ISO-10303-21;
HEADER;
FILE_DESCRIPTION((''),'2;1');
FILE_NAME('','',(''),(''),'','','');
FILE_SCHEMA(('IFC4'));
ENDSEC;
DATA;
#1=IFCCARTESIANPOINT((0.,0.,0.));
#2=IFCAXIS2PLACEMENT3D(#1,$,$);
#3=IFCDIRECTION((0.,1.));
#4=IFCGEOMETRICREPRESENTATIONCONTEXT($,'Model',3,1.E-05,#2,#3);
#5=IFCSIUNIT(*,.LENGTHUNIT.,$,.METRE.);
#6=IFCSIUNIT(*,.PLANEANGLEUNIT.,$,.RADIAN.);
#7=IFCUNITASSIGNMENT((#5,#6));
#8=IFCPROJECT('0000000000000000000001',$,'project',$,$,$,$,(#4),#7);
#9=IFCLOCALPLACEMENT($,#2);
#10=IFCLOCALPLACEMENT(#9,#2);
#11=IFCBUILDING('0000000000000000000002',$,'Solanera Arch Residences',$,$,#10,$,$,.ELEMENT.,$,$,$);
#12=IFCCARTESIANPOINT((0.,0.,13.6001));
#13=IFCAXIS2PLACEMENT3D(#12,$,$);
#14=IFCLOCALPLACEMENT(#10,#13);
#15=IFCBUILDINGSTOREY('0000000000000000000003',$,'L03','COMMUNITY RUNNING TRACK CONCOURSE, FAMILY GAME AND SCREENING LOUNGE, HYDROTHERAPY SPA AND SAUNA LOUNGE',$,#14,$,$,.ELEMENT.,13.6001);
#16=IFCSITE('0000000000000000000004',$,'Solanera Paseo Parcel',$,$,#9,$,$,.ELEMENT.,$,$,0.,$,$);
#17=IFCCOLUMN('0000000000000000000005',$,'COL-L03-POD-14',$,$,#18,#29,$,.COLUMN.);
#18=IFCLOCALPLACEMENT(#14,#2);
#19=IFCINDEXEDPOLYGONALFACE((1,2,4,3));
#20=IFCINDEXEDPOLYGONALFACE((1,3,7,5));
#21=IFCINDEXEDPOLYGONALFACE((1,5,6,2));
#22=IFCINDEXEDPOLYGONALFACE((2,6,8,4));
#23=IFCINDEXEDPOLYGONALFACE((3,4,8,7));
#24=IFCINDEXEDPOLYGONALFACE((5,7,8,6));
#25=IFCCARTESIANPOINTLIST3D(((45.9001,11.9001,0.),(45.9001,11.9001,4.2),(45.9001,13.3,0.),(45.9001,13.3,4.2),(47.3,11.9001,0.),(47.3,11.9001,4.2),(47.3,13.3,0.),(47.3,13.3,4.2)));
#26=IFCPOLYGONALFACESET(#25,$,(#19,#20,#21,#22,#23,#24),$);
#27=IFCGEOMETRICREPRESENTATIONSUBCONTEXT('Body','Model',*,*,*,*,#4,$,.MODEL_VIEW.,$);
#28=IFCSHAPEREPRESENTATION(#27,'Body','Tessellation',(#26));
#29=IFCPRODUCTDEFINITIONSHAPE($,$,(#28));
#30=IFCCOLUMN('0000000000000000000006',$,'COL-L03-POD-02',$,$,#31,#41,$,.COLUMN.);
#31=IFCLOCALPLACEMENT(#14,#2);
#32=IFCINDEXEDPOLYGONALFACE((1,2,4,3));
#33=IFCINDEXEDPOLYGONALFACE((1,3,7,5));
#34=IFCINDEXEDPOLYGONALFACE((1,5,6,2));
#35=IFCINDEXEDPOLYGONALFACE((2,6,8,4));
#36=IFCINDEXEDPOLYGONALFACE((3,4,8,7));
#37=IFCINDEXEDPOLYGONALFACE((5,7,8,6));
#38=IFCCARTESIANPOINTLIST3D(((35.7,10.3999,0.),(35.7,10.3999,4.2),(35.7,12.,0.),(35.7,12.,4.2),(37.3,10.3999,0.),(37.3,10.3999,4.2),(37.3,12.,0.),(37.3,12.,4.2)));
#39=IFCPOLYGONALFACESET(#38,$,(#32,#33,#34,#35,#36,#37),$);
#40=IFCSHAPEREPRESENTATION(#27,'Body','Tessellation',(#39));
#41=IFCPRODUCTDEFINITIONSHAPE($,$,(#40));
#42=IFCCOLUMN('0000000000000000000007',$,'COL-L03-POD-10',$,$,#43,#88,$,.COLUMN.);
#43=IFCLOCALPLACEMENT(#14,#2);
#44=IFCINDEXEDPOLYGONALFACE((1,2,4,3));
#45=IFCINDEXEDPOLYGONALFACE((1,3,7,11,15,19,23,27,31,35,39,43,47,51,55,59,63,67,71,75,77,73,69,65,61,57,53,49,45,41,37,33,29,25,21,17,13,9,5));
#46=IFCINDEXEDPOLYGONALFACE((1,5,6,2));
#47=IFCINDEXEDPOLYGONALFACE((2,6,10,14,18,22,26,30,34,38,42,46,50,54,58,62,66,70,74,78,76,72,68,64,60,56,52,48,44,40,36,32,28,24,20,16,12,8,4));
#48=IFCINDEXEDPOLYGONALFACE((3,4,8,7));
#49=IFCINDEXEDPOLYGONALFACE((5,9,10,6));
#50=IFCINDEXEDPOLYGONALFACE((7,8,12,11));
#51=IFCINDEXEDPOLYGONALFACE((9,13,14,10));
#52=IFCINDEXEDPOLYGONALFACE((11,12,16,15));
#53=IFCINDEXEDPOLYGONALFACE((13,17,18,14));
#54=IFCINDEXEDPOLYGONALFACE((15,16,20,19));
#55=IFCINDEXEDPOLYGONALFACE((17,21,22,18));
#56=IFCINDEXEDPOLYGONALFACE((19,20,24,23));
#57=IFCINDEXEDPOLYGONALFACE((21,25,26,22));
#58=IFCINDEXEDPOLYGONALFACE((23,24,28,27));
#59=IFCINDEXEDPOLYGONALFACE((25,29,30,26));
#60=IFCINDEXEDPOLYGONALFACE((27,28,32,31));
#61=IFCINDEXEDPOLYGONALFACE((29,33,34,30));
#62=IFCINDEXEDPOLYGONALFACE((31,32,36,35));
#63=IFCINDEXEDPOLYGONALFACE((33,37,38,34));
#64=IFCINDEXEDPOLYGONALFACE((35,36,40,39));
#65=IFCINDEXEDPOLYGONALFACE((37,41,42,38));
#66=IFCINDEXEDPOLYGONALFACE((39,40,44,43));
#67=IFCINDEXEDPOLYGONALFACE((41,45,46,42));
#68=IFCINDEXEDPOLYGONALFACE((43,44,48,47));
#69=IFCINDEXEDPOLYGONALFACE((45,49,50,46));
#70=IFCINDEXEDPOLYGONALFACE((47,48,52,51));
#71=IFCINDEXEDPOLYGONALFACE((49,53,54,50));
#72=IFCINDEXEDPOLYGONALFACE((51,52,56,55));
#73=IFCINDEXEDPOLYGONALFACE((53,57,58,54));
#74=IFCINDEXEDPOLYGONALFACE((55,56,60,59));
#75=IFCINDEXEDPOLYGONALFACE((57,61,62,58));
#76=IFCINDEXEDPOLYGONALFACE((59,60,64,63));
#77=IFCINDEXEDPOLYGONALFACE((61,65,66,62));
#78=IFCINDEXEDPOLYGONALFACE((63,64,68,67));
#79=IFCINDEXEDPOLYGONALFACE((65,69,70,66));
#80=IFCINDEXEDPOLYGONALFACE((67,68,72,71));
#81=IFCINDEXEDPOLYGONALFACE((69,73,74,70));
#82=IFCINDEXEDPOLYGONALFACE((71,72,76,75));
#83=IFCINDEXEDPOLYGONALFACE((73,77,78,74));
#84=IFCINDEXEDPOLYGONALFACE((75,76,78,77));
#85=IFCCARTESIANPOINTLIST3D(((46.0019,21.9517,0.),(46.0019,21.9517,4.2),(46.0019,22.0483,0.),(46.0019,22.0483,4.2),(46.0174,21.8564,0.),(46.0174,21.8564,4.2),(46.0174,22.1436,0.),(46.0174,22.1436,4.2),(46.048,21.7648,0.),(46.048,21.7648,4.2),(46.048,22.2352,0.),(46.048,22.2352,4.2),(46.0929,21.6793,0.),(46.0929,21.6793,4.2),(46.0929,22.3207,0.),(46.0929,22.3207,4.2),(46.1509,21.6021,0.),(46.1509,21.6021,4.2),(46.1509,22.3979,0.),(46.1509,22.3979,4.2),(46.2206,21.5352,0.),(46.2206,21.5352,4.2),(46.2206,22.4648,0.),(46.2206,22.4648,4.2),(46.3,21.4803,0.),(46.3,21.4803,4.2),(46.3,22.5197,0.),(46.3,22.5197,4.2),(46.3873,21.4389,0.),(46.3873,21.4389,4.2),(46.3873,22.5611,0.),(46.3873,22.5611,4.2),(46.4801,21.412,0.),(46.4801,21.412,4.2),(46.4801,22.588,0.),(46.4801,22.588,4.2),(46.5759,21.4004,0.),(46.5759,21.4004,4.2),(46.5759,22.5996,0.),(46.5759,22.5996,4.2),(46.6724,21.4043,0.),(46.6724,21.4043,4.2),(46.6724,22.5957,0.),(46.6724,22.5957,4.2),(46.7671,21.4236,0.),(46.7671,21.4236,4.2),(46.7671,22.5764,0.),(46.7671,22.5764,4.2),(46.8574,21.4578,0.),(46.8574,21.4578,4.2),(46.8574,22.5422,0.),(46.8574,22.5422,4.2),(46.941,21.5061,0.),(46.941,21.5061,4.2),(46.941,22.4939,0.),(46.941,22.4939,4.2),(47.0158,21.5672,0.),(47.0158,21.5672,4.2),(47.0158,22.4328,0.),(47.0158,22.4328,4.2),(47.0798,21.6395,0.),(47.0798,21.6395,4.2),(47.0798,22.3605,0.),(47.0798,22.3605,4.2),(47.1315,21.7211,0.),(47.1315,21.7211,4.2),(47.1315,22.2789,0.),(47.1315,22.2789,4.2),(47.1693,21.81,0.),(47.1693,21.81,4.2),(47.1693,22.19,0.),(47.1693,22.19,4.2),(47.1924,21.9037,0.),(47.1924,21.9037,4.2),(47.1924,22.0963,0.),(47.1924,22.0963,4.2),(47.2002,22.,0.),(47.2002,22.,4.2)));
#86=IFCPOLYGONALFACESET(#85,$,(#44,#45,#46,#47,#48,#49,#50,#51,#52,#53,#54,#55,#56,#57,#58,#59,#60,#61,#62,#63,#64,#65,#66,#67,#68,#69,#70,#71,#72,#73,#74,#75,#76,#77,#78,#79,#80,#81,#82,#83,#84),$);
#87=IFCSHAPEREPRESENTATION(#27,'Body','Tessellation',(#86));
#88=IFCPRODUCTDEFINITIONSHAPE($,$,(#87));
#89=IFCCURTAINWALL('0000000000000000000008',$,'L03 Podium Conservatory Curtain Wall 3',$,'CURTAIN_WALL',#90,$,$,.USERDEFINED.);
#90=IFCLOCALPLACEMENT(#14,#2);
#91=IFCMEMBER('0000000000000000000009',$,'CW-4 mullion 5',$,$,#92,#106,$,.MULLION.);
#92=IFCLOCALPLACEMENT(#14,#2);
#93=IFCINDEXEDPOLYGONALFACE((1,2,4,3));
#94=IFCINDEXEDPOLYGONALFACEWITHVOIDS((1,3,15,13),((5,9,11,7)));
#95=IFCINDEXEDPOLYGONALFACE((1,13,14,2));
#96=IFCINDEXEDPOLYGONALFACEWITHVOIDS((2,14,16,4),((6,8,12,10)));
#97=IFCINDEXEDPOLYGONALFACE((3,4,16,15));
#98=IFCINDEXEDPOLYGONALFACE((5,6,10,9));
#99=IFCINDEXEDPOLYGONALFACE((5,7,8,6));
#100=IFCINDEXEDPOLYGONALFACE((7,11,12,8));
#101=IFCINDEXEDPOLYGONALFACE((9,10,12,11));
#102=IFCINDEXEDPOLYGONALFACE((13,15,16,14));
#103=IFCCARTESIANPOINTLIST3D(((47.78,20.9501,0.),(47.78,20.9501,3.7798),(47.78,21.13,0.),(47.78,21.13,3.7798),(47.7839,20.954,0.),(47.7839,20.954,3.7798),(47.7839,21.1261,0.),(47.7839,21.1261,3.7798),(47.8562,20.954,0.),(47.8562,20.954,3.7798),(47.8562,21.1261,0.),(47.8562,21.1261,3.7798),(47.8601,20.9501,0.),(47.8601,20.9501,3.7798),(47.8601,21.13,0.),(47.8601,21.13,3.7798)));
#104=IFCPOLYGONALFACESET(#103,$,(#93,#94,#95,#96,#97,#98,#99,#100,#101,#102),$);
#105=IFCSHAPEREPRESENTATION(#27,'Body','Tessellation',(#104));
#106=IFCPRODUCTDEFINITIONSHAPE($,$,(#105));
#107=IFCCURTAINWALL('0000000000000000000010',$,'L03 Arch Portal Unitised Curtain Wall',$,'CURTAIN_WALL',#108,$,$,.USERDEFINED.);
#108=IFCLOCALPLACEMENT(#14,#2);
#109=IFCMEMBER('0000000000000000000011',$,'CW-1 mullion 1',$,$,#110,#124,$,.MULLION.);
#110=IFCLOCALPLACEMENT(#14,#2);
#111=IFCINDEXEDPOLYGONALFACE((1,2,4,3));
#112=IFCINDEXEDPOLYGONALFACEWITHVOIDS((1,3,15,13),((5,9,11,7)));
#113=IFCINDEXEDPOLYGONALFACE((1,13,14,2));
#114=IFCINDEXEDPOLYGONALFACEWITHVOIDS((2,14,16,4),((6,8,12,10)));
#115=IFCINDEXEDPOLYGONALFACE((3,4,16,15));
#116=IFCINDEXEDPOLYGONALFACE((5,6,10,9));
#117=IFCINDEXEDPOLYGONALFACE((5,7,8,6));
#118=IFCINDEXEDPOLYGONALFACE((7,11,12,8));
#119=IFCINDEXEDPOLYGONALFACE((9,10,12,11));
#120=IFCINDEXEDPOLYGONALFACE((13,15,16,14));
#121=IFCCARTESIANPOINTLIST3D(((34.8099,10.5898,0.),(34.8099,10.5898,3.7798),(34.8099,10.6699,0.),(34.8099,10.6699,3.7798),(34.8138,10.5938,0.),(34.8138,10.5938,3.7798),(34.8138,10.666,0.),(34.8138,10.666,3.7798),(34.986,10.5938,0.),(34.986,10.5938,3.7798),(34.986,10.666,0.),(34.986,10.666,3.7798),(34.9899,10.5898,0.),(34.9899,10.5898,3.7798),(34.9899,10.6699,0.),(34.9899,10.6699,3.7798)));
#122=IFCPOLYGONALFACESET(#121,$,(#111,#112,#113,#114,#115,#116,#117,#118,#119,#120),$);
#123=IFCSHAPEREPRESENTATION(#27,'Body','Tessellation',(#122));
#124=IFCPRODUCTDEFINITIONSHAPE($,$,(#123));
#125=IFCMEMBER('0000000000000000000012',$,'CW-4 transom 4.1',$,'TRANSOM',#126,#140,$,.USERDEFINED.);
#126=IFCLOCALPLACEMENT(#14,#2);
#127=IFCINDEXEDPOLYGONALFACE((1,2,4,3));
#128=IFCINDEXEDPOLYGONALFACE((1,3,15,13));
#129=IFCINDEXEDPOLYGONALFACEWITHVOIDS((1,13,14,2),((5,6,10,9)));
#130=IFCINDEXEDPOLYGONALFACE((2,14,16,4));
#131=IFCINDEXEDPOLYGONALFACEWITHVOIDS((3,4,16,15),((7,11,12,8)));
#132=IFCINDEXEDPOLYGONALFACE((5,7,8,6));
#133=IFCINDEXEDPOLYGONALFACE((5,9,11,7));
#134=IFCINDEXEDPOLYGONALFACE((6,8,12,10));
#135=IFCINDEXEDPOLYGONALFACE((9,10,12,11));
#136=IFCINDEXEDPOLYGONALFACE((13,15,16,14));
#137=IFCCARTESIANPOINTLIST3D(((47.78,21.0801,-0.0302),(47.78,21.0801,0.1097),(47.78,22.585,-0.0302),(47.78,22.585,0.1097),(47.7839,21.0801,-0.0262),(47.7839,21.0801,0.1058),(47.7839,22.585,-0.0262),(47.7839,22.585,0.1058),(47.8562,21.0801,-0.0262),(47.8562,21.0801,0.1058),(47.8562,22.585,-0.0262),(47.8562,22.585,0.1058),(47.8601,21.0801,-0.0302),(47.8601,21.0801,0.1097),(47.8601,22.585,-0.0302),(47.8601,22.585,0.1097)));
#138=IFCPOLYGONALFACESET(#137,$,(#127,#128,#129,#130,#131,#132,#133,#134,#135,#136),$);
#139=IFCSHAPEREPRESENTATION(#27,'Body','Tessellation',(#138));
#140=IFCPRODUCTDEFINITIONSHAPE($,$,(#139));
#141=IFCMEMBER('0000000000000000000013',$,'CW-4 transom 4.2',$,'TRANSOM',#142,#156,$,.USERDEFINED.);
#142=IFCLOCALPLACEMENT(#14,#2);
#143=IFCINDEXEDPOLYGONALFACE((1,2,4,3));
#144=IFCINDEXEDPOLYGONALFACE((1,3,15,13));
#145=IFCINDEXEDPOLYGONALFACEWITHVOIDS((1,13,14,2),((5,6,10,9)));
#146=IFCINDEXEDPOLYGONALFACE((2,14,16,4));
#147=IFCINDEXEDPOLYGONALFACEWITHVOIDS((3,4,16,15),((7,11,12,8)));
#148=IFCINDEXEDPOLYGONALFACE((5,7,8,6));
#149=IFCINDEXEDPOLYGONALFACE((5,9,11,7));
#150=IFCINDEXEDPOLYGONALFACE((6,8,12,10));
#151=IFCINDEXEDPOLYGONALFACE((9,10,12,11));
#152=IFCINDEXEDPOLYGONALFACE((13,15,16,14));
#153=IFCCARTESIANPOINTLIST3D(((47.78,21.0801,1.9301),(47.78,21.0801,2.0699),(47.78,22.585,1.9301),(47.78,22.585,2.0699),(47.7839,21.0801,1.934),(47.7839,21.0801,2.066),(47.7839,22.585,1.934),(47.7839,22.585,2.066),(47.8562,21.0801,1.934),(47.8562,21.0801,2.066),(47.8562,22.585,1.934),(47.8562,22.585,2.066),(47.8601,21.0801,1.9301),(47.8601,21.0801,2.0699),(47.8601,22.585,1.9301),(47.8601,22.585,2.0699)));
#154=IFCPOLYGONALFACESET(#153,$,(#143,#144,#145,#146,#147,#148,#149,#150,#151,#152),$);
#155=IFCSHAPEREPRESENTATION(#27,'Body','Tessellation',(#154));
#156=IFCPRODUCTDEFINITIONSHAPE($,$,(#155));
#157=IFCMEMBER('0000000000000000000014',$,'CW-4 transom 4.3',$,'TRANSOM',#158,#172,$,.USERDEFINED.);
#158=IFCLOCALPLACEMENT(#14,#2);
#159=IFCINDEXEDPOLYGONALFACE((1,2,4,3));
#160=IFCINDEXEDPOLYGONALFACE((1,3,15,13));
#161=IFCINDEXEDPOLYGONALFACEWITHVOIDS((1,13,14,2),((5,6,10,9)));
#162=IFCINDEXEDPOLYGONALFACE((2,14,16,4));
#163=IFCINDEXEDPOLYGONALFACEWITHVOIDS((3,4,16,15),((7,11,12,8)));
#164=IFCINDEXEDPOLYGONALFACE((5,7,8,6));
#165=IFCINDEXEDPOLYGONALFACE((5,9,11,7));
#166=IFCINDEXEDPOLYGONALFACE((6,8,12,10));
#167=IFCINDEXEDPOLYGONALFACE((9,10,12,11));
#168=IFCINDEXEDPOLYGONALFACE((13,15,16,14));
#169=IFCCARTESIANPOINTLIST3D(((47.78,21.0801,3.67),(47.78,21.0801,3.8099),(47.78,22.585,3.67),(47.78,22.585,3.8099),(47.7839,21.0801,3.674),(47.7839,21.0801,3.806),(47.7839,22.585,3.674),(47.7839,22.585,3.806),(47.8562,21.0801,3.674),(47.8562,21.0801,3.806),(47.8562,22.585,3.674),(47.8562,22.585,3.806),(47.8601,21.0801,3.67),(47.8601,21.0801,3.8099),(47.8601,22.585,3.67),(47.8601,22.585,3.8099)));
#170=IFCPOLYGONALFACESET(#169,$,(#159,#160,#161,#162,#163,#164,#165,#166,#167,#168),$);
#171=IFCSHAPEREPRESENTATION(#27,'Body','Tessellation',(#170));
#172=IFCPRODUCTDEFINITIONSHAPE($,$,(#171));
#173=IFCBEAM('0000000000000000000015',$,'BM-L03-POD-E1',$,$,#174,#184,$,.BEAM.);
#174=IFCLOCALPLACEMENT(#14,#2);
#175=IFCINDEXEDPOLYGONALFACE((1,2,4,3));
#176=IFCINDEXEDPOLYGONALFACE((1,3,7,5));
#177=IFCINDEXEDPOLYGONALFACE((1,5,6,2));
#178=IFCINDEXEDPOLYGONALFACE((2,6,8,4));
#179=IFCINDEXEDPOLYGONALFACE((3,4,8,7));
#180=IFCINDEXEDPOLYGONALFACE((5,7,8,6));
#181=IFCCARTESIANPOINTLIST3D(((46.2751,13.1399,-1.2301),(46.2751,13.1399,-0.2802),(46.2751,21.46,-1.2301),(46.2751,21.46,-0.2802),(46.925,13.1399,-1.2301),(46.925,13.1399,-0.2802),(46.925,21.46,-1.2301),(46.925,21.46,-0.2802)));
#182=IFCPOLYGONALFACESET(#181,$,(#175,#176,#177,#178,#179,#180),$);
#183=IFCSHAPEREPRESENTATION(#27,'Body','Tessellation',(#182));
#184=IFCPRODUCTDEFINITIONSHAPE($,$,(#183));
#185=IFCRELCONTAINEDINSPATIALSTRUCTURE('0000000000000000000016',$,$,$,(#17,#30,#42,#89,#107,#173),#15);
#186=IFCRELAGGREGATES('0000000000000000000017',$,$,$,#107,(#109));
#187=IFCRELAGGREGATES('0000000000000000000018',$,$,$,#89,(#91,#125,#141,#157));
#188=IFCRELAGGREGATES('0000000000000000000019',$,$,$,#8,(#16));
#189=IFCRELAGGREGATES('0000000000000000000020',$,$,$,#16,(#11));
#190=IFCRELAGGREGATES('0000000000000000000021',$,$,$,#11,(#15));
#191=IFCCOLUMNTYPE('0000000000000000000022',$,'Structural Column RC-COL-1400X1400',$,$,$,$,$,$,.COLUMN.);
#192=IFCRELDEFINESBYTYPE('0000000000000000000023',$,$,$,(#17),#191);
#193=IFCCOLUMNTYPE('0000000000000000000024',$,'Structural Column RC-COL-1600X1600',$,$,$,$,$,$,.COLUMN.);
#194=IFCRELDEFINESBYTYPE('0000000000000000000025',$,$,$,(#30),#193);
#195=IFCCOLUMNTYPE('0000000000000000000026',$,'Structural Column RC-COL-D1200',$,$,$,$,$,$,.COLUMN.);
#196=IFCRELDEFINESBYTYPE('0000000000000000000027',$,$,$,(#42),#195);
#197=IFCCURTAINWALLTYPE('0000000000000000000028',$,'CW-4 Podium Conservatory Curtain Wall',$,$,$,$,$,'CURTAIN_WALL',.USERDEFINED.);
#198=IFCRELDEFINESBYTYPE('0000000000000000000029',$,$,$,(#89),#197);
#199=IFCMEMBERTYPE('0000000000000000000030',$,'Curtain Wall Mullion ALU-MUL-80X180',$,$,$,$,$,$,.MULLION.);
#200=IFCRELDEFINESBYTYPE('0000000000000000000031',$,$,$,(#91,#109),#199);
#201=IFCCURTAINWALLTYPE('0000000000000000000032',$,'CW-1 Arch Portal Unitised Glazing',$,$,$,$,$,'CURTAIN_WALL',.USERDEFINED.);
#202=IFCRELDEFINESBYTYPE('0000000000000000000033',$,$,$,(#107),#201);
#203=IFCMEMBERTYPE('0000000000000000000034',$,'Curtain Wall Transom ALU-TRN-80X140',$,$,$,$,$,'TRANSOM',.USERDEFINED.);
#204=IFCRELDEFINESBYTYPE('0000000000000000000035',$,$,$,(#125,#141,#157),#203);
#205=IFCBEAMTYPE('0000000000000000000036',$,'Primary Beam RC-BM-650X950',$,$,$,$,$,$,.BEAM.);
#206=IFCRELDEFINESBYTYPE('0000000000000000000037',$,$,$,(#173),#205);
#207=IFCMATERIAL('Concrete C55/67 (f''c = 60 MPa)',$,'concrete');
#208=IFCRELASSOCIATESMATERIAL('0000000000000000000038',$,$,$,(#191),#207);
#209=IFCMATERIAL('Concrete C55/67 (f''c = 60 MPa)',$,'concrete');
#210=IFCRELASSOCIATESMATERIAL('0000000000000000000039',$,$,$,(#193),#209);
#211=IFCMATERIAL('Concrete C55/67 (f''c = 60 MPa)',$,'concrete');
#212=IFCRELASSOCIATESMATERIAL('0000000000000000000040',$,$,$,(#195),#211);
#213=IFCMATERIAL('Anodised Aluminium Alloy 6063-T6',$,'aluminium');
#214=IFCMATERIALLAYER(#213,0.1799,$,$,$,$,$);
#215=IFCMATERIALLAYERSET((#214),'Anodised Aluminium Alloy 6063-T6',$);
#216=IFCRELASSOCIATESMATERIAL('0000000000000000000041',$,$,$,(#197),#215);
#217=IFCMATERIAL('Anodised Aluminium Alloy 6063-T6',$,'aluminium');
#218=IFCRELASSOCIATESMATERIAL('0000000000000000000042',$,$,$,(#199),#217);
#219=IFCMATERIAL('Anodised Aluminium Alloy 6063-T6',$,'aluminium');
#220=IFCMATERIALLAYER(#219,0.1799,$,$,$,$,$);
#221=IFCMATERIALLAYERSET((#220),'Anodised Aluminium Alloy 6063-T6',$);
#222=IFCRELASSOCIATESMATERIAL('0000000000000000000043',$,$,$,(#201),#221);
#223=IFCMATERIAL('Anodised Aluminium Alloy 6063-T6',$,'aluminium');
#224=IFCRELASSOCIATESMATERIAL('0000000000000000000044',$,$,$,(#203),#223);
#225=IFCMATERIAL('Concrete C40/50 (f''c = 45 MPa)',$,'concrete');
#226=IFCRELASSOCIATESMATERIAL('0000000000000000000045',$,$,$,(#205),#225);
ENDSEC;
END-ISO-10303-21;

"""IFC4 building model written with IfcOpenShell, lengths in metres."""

from ifc_helpers import new_model, si_unit, direction, frame, origin, origin_2d, place, context, subcontext, project, spatial, rectangle, hollow_rectangle, circle, extrude, material, layer, layer_set, material_profile, profile_set, type_object, element, aggregate, save


model = new_model("IFC4")

# Units and contexts
model_context = context("Model", 3, precision=1e-05, world=origin(), true_north=direction((0.0, 1.0)))
body_context = subcontext(model_context, "Body", "Model", "MODEL_VIEW")
ifc_project = project(units=[si_unit("LENGTHUNIT", "METRE"), si_unit("PLANEANGLEUNIT", "RADIAN")], contexts=[model_context])

# Site, building, storey
site_placement = place(None, origin())
site = spatial("IfcSite", under=ifc_project, at=site_placement, Name="Solanera Paseo Parcel", CompositionType="ELEMENT", RefElevation=0.0)
building_placement = place(site_placement, origin())
building = spatial("IfcBuilding", under=site, at=building_placement, Name="Solanera Arch Residences", CompositionType="ELEMENT")
storey_placement = place(building_placement, frame((0.0, 0.0, 13.6001)))
storey = spatial("IfcBuildingStorey", under=building, at=storey_placement, Name="L03", Description="COMMUNITY RUNNING TRACK CONCOURSE, FAMILY GAME AND SCREENING LOUNGE, HYDROTHERAPY SPA AND SAUNA LOUNGE", CompositionType="ELEMENT", Elevation=13.6001)

# Columns
ifc_material_1 = material(Name="Concrete C55/67 (f'c = 60 MPa)", Category="concrete")
ifc_material_profile_1 = material_profile(ifc_material_1, rectangle(XDim=1.3999, YDim=1.3999, at=origin_2d()))
ifc_profile_set_1 = profile_set([ifc_material_profile_1], Name="Concrete C55/67 (f'c = 60 MPa)")
column_type_1 = type_object("IfcColumnType", Name="Structural Column RC-COL-1400X1400", PredefinedType="COLUMN", material=ifc_profile_set_1)
column_1_placement = place(storey_placement, frame((46.6001, 12.6001, 0.0), z_axis=(0.0, 0.0, 1.0), x_axis=(1.0, 0.0, 0.0)))
element("IfcColumn", 1, at=column_1_placement, inside=storey, type_object=column_type_1, Name="COL-L03-POD-14", PredefinedType="COLUMN", context=body_context, shape_type="SweptSolid", body=[
    extrude(rectangle(XDim=1.3999, YDim=1.3999, at=origin_2d()), origin(), (0.0, 0.0, 1.0), 4.2),
])
ifc_material_2 = material(Name="Concrete C55/67 (f'c = 60 MPa)", Category="concrete")
ifc_material_profile_2 = material_profile(ifc_material_2, rectangle(XDim=1.6001, YDim=1.6001, at=origin_2d()))
ifc_profile_set_2 = profile_set([ifc_material_profile_2], Name="Concrete C55/67 (f'c = 60 MPa)")
column_type_2 = type_object("IfcColumnType", Name="Structural Column RC-COL-1600X1600", PredefinedType="COLUMN", material=ifc_profile_set_2)
column_2_placement = place(storey_placement, frame((36.5, 11.2, 0.0), z_axis=(0.0, 0.0, 1.0), x_axis=(1.0, 0.0, 0.0)))
element("IfcColumn", 2, at=column_2_placement, inside=storey, type_object=column_type_2, Name="COL-L03-POD-02", PredefinedType="COLUMN", context=body_context, shape_type="SweptSolid", body=[
    extrude(rectangle(XDim=1.6001, YDim=1.6001, at=origin_2d()), origin(), (0.0, 0.0, 1.0), 4.2),
])
ifc_material_3 = material(Name="Concrete C55/67 (f'c = 60 MPa)", Category="concrete")
ifc_material_profile_3 = material_profile(ifc_material_3, circle(Radius=0.6001, at=origin_2d()))
ifc_profile_set_3 = profile_set([ifc_material_profile_3], Name="Concrete C55/67 (f'c = 60 MPa)")
column_type_3 = type_object("IfcColumnType", Name="Structural Column RC-COL-D1200", PredefinedType="COLUMN", material=ifc_profile_set_3)
column_3_placement = place(storey_placement, frame((46.6001, 22.0, 0.0), z_axis=(0.0, 0.0, 1.0), x_axis=(1.0, 0.0, 0.0)))
element("IfcColumn", 3, at=column_3_placement, inside=storey, type_object=column_type_3, Name="COL-L03-POD-10", PredefinedType="COLUMN", context=body_context, shape_type="SweptSolid", body=[
    extrude(circle(Radius=0.6001, at=origin_2d()), origin(), (0.0, 0.0, 1.0), 4.2),
])

# Curtain walls, members
ifc_material_4 = material(Name="Anodised Aluminium Alloy 6063-T6", Category="aluminium")
ifc_layer_1 = layer(ifc_material_4, 0.1799)
ifc_layer_set_1 = layer_set([ifc_layer_1], Name="Anodised Aluminium Alloy 6063-T6")
curtain_wall_type_1 = type_object("IfcCurtainWallType", Name="CW-4 Podium Conservatory Curtain Wall", ElementType="CURTAIN_WALL", PredefinedType="USERDEFINED", material=ifc_layer_set_1)
curtain_wall_1_placement = place(storey_placement, origin())
curtain_wall_1 = element("IfcCurtainWall", 4, at=curtain_wall_1_placement, inside=storey, type_object=curtain_wall_type_1, Name="L03 Podium Conservatory Curtain Wall 3", ObjectType="CURTAIN_WALL", PredefinedType="USERDEFINED")
ifc_material_5 = material(Name="Anodised Aluminium Alloy 6063-T6", Category="aluminium")
ifc_material_profile_4 = material_profile(ifc_material_5, hollow_rectangle(XDim=0.0801, YDim=0.1799, WallThickness=0.0039, at=origin_2d()))
ifc_profile_set_4 = profile_set([ifc_material_profile_4], Name="Anodised Aluminium Alloy 6063-T6")
member_type_1 = type_object("IfcMemberType", Name="Curtain Wall Mullion ALU-MUL-80X180", PredefinedType="MULLION", material=ifc_profile_set_4)
member_1_placement = place(storey_placement, frame((47.8201, 21.04, 0.0), z_axis=(0.0, 0.0, 1.0), x_axis=(1.0, 0.0, 0.0)))
member_1 = element("IfcMember", 5, at=member_1_placement, type_object=member_type_1, Name="CW-4 mullion 5", PredefinedType="MULLION", context=body_context, shape_type="SweptSolid", body=[
    extrude(hollow_rectangle(XDim=0.0801, YDim=0.1799, WallThickness=0.0039, at=origin_2d()), origin(), (0.0, 0.0, 1.0), 3.7798),
])
ifc_material_6 = material(Name="Anodised Aluminium Alloy 6063-T6", Category="aluminium")
ifc_layer_2 = layer(ifc_material_6, 0.1799)
ifc_layer_set_2 = layer_set([ifc_layer_2], Name="Anodised Aluminium Alloy 6063-T6")
curtain_wall_type_2 = type_object("IfcCurtainWallType", Name="CW-1 Arch Portal Unitised Glazing", ElementType="CURTAIN_WALL", PredefinedType="USERDEFINED", material=ifc_layer_set_2)
curtain_wall_2_placement = place(storey_placement, origin())
curtain_wall_2 = element("IfcCurtainWall", 6, at=curtain_wall_2_placement, inside=storey, type_object=curtain_wall_type_2, Name="L03 Arch Portal Unitised Curtain Wall", ObjectType="CURTAIN_WALL", PredefinedType="USERDEFINED")
member_2_placement = place(storey_placement, frame((34.8999, 10.6299, 0.0), z_axis=(0.0, 0.0, 1.0), x_axis=(0.0, -1.0, 0.0)))
member_2 = element("IfcMember", 7, at=member_2_placement, type_object=member_type_1, Name="CW-1 mullion 1", PredefinedType="MULLION", context=body_context, shape_type="SweptSolid", body=[
    extrude(hollow_rectangle(XDim=0.0801, YDim=0.1799, WallThickness=0.0039, at=origin_2d()), origin(), (0.0, 0.0, 1.0), 3.7798),
])
aggregate(curtain_wall_2, [member_2])

# Members
ifc_material_7 = material(Name="Anodised Aluminium Alloy 6063-T6", Category="aluminium")
ifc_material_profile_5 = material_profile(ifc_material_7, hollow_rectangle(XDim=0.0801, YDim=0.1399, WallThickness=0.0039, at=origin_2d()))
ifc_profile_set_5 = profile_set([ifc_material_profile_5], Name="Anodised Aluminium Alloy 6063-T6")
member_type_2 = type_object("IfcMemberType", Name="Curtain Wall Transom ALU-TRN-80X140", ElementType="TRANSOM", PredefinedType="USERDEFINED", material=ifc_profile_set_5)
member_3_placement = place(storey_placement, frame((47.8201, 22.585, 0.0398), z_axis=(0.0, -1.0, 0.0), x_axis=(1.0, 0.0, 0.0)))
member_3 = element("IfcMember", 8, at=member_3_placement, type_object=member_type_2, Name="CW-4 transom 4.1", ObjectType="TRANSOM", PredefinedType="USERDEFINED", context=body_context, shape_type="SweptSolid", body=[
    extrude(hollow_rectangle(XDim=0.0801, YDim=0.1399, WallThickness=0.0039, at=origin_2d()), origin(), (0.0, 0.0, 1.0), 1.5049),
])
member_4_placement = place(storey_placement, frame((47.8201, 22.585, 2.0), z_axis=(0.0, -1.0, 0.0), x_axis=(1.0, 0.0, 0.0)))
member_4 = element("IfcMember", 9, at=member_4_placement, type_object=member_type_2, Name="CW-4 transom 4.2", ObjectType="TRANSOM", PredefinedType="USERDEFINED", context=body_context, shape_type="SweptSolid", body=[
    extrude(hollow_rectangle(XDim=0.0801, YDim=0.1399, WallThickness=0.0039, at=origin_2d()), origin(), (0.0, 0.0, 1.0), 1.5049),
])
member_5_placement = place(storey_placement, frame((47.8201, 22.585, 3.74), z_axis=(0.0, -1.0, 0.0), x_axis=(1.0, 0.0, 0.0)))
member_5 = element("IfcMember", 10, at=member_5_placement, type_object=member_type_2, Name="CW-4 transom 4.3", ObjectType="TRANSOM", PredefinedType="USERDEFINED", context=body_context, shape_type="SweptSolid", body=[
    extrude(hollow_rectangle(XDim=0.0801, YDim=0.1399, WallThickness=0.0039, at=origin_2d()), origin(), (0.0, 0.0, 1.0), 1.5049),
])

# Beam
ifc_material_8 = material(Name="Concrete C40/50 (f'c = 45 MPa)", Category="concrete")
ifc_material_profile_6 = material_profile(ifc_material_8, rectangle(XDim=0.6499, YDim=0.95, at=origin_2d()))
ifc_profile_set_6 = profile_set([ifc_material_profile_6], Name="Concrete C40/50 (f'c = 45 MPa)")
beam_type = type_object("IfcBeamType", Name="Primary Beam RC-BM-650X950", PredefinedType="BEAM", material=ifc_profile_set_6)
beam_1_placement = place(storey_placement, frame((46.6001, 13.1399, -0.7551), z_axis=(0.0, 1.0, 0.0), x_axis=(-1.0, 0.0, 0.0)))
element("IfcBeam", 11, at=beam_1_placement, inside=storey, type_object=beam_type, Name="BM-L03-POD-E1", PredefinedType="BEAM", context=body_context, shape_type="SweptSolid", body=[
    extrude(rectangle(XDim=0.6499, YDim=0.95, at=origin_2d()), origin(), (0.0, 0.0, 1.0), 8.3201),
])

aggregate(curtain_wall_1, [member_1, member_3, member_4, member_5])

save(model, "model.ifc")
